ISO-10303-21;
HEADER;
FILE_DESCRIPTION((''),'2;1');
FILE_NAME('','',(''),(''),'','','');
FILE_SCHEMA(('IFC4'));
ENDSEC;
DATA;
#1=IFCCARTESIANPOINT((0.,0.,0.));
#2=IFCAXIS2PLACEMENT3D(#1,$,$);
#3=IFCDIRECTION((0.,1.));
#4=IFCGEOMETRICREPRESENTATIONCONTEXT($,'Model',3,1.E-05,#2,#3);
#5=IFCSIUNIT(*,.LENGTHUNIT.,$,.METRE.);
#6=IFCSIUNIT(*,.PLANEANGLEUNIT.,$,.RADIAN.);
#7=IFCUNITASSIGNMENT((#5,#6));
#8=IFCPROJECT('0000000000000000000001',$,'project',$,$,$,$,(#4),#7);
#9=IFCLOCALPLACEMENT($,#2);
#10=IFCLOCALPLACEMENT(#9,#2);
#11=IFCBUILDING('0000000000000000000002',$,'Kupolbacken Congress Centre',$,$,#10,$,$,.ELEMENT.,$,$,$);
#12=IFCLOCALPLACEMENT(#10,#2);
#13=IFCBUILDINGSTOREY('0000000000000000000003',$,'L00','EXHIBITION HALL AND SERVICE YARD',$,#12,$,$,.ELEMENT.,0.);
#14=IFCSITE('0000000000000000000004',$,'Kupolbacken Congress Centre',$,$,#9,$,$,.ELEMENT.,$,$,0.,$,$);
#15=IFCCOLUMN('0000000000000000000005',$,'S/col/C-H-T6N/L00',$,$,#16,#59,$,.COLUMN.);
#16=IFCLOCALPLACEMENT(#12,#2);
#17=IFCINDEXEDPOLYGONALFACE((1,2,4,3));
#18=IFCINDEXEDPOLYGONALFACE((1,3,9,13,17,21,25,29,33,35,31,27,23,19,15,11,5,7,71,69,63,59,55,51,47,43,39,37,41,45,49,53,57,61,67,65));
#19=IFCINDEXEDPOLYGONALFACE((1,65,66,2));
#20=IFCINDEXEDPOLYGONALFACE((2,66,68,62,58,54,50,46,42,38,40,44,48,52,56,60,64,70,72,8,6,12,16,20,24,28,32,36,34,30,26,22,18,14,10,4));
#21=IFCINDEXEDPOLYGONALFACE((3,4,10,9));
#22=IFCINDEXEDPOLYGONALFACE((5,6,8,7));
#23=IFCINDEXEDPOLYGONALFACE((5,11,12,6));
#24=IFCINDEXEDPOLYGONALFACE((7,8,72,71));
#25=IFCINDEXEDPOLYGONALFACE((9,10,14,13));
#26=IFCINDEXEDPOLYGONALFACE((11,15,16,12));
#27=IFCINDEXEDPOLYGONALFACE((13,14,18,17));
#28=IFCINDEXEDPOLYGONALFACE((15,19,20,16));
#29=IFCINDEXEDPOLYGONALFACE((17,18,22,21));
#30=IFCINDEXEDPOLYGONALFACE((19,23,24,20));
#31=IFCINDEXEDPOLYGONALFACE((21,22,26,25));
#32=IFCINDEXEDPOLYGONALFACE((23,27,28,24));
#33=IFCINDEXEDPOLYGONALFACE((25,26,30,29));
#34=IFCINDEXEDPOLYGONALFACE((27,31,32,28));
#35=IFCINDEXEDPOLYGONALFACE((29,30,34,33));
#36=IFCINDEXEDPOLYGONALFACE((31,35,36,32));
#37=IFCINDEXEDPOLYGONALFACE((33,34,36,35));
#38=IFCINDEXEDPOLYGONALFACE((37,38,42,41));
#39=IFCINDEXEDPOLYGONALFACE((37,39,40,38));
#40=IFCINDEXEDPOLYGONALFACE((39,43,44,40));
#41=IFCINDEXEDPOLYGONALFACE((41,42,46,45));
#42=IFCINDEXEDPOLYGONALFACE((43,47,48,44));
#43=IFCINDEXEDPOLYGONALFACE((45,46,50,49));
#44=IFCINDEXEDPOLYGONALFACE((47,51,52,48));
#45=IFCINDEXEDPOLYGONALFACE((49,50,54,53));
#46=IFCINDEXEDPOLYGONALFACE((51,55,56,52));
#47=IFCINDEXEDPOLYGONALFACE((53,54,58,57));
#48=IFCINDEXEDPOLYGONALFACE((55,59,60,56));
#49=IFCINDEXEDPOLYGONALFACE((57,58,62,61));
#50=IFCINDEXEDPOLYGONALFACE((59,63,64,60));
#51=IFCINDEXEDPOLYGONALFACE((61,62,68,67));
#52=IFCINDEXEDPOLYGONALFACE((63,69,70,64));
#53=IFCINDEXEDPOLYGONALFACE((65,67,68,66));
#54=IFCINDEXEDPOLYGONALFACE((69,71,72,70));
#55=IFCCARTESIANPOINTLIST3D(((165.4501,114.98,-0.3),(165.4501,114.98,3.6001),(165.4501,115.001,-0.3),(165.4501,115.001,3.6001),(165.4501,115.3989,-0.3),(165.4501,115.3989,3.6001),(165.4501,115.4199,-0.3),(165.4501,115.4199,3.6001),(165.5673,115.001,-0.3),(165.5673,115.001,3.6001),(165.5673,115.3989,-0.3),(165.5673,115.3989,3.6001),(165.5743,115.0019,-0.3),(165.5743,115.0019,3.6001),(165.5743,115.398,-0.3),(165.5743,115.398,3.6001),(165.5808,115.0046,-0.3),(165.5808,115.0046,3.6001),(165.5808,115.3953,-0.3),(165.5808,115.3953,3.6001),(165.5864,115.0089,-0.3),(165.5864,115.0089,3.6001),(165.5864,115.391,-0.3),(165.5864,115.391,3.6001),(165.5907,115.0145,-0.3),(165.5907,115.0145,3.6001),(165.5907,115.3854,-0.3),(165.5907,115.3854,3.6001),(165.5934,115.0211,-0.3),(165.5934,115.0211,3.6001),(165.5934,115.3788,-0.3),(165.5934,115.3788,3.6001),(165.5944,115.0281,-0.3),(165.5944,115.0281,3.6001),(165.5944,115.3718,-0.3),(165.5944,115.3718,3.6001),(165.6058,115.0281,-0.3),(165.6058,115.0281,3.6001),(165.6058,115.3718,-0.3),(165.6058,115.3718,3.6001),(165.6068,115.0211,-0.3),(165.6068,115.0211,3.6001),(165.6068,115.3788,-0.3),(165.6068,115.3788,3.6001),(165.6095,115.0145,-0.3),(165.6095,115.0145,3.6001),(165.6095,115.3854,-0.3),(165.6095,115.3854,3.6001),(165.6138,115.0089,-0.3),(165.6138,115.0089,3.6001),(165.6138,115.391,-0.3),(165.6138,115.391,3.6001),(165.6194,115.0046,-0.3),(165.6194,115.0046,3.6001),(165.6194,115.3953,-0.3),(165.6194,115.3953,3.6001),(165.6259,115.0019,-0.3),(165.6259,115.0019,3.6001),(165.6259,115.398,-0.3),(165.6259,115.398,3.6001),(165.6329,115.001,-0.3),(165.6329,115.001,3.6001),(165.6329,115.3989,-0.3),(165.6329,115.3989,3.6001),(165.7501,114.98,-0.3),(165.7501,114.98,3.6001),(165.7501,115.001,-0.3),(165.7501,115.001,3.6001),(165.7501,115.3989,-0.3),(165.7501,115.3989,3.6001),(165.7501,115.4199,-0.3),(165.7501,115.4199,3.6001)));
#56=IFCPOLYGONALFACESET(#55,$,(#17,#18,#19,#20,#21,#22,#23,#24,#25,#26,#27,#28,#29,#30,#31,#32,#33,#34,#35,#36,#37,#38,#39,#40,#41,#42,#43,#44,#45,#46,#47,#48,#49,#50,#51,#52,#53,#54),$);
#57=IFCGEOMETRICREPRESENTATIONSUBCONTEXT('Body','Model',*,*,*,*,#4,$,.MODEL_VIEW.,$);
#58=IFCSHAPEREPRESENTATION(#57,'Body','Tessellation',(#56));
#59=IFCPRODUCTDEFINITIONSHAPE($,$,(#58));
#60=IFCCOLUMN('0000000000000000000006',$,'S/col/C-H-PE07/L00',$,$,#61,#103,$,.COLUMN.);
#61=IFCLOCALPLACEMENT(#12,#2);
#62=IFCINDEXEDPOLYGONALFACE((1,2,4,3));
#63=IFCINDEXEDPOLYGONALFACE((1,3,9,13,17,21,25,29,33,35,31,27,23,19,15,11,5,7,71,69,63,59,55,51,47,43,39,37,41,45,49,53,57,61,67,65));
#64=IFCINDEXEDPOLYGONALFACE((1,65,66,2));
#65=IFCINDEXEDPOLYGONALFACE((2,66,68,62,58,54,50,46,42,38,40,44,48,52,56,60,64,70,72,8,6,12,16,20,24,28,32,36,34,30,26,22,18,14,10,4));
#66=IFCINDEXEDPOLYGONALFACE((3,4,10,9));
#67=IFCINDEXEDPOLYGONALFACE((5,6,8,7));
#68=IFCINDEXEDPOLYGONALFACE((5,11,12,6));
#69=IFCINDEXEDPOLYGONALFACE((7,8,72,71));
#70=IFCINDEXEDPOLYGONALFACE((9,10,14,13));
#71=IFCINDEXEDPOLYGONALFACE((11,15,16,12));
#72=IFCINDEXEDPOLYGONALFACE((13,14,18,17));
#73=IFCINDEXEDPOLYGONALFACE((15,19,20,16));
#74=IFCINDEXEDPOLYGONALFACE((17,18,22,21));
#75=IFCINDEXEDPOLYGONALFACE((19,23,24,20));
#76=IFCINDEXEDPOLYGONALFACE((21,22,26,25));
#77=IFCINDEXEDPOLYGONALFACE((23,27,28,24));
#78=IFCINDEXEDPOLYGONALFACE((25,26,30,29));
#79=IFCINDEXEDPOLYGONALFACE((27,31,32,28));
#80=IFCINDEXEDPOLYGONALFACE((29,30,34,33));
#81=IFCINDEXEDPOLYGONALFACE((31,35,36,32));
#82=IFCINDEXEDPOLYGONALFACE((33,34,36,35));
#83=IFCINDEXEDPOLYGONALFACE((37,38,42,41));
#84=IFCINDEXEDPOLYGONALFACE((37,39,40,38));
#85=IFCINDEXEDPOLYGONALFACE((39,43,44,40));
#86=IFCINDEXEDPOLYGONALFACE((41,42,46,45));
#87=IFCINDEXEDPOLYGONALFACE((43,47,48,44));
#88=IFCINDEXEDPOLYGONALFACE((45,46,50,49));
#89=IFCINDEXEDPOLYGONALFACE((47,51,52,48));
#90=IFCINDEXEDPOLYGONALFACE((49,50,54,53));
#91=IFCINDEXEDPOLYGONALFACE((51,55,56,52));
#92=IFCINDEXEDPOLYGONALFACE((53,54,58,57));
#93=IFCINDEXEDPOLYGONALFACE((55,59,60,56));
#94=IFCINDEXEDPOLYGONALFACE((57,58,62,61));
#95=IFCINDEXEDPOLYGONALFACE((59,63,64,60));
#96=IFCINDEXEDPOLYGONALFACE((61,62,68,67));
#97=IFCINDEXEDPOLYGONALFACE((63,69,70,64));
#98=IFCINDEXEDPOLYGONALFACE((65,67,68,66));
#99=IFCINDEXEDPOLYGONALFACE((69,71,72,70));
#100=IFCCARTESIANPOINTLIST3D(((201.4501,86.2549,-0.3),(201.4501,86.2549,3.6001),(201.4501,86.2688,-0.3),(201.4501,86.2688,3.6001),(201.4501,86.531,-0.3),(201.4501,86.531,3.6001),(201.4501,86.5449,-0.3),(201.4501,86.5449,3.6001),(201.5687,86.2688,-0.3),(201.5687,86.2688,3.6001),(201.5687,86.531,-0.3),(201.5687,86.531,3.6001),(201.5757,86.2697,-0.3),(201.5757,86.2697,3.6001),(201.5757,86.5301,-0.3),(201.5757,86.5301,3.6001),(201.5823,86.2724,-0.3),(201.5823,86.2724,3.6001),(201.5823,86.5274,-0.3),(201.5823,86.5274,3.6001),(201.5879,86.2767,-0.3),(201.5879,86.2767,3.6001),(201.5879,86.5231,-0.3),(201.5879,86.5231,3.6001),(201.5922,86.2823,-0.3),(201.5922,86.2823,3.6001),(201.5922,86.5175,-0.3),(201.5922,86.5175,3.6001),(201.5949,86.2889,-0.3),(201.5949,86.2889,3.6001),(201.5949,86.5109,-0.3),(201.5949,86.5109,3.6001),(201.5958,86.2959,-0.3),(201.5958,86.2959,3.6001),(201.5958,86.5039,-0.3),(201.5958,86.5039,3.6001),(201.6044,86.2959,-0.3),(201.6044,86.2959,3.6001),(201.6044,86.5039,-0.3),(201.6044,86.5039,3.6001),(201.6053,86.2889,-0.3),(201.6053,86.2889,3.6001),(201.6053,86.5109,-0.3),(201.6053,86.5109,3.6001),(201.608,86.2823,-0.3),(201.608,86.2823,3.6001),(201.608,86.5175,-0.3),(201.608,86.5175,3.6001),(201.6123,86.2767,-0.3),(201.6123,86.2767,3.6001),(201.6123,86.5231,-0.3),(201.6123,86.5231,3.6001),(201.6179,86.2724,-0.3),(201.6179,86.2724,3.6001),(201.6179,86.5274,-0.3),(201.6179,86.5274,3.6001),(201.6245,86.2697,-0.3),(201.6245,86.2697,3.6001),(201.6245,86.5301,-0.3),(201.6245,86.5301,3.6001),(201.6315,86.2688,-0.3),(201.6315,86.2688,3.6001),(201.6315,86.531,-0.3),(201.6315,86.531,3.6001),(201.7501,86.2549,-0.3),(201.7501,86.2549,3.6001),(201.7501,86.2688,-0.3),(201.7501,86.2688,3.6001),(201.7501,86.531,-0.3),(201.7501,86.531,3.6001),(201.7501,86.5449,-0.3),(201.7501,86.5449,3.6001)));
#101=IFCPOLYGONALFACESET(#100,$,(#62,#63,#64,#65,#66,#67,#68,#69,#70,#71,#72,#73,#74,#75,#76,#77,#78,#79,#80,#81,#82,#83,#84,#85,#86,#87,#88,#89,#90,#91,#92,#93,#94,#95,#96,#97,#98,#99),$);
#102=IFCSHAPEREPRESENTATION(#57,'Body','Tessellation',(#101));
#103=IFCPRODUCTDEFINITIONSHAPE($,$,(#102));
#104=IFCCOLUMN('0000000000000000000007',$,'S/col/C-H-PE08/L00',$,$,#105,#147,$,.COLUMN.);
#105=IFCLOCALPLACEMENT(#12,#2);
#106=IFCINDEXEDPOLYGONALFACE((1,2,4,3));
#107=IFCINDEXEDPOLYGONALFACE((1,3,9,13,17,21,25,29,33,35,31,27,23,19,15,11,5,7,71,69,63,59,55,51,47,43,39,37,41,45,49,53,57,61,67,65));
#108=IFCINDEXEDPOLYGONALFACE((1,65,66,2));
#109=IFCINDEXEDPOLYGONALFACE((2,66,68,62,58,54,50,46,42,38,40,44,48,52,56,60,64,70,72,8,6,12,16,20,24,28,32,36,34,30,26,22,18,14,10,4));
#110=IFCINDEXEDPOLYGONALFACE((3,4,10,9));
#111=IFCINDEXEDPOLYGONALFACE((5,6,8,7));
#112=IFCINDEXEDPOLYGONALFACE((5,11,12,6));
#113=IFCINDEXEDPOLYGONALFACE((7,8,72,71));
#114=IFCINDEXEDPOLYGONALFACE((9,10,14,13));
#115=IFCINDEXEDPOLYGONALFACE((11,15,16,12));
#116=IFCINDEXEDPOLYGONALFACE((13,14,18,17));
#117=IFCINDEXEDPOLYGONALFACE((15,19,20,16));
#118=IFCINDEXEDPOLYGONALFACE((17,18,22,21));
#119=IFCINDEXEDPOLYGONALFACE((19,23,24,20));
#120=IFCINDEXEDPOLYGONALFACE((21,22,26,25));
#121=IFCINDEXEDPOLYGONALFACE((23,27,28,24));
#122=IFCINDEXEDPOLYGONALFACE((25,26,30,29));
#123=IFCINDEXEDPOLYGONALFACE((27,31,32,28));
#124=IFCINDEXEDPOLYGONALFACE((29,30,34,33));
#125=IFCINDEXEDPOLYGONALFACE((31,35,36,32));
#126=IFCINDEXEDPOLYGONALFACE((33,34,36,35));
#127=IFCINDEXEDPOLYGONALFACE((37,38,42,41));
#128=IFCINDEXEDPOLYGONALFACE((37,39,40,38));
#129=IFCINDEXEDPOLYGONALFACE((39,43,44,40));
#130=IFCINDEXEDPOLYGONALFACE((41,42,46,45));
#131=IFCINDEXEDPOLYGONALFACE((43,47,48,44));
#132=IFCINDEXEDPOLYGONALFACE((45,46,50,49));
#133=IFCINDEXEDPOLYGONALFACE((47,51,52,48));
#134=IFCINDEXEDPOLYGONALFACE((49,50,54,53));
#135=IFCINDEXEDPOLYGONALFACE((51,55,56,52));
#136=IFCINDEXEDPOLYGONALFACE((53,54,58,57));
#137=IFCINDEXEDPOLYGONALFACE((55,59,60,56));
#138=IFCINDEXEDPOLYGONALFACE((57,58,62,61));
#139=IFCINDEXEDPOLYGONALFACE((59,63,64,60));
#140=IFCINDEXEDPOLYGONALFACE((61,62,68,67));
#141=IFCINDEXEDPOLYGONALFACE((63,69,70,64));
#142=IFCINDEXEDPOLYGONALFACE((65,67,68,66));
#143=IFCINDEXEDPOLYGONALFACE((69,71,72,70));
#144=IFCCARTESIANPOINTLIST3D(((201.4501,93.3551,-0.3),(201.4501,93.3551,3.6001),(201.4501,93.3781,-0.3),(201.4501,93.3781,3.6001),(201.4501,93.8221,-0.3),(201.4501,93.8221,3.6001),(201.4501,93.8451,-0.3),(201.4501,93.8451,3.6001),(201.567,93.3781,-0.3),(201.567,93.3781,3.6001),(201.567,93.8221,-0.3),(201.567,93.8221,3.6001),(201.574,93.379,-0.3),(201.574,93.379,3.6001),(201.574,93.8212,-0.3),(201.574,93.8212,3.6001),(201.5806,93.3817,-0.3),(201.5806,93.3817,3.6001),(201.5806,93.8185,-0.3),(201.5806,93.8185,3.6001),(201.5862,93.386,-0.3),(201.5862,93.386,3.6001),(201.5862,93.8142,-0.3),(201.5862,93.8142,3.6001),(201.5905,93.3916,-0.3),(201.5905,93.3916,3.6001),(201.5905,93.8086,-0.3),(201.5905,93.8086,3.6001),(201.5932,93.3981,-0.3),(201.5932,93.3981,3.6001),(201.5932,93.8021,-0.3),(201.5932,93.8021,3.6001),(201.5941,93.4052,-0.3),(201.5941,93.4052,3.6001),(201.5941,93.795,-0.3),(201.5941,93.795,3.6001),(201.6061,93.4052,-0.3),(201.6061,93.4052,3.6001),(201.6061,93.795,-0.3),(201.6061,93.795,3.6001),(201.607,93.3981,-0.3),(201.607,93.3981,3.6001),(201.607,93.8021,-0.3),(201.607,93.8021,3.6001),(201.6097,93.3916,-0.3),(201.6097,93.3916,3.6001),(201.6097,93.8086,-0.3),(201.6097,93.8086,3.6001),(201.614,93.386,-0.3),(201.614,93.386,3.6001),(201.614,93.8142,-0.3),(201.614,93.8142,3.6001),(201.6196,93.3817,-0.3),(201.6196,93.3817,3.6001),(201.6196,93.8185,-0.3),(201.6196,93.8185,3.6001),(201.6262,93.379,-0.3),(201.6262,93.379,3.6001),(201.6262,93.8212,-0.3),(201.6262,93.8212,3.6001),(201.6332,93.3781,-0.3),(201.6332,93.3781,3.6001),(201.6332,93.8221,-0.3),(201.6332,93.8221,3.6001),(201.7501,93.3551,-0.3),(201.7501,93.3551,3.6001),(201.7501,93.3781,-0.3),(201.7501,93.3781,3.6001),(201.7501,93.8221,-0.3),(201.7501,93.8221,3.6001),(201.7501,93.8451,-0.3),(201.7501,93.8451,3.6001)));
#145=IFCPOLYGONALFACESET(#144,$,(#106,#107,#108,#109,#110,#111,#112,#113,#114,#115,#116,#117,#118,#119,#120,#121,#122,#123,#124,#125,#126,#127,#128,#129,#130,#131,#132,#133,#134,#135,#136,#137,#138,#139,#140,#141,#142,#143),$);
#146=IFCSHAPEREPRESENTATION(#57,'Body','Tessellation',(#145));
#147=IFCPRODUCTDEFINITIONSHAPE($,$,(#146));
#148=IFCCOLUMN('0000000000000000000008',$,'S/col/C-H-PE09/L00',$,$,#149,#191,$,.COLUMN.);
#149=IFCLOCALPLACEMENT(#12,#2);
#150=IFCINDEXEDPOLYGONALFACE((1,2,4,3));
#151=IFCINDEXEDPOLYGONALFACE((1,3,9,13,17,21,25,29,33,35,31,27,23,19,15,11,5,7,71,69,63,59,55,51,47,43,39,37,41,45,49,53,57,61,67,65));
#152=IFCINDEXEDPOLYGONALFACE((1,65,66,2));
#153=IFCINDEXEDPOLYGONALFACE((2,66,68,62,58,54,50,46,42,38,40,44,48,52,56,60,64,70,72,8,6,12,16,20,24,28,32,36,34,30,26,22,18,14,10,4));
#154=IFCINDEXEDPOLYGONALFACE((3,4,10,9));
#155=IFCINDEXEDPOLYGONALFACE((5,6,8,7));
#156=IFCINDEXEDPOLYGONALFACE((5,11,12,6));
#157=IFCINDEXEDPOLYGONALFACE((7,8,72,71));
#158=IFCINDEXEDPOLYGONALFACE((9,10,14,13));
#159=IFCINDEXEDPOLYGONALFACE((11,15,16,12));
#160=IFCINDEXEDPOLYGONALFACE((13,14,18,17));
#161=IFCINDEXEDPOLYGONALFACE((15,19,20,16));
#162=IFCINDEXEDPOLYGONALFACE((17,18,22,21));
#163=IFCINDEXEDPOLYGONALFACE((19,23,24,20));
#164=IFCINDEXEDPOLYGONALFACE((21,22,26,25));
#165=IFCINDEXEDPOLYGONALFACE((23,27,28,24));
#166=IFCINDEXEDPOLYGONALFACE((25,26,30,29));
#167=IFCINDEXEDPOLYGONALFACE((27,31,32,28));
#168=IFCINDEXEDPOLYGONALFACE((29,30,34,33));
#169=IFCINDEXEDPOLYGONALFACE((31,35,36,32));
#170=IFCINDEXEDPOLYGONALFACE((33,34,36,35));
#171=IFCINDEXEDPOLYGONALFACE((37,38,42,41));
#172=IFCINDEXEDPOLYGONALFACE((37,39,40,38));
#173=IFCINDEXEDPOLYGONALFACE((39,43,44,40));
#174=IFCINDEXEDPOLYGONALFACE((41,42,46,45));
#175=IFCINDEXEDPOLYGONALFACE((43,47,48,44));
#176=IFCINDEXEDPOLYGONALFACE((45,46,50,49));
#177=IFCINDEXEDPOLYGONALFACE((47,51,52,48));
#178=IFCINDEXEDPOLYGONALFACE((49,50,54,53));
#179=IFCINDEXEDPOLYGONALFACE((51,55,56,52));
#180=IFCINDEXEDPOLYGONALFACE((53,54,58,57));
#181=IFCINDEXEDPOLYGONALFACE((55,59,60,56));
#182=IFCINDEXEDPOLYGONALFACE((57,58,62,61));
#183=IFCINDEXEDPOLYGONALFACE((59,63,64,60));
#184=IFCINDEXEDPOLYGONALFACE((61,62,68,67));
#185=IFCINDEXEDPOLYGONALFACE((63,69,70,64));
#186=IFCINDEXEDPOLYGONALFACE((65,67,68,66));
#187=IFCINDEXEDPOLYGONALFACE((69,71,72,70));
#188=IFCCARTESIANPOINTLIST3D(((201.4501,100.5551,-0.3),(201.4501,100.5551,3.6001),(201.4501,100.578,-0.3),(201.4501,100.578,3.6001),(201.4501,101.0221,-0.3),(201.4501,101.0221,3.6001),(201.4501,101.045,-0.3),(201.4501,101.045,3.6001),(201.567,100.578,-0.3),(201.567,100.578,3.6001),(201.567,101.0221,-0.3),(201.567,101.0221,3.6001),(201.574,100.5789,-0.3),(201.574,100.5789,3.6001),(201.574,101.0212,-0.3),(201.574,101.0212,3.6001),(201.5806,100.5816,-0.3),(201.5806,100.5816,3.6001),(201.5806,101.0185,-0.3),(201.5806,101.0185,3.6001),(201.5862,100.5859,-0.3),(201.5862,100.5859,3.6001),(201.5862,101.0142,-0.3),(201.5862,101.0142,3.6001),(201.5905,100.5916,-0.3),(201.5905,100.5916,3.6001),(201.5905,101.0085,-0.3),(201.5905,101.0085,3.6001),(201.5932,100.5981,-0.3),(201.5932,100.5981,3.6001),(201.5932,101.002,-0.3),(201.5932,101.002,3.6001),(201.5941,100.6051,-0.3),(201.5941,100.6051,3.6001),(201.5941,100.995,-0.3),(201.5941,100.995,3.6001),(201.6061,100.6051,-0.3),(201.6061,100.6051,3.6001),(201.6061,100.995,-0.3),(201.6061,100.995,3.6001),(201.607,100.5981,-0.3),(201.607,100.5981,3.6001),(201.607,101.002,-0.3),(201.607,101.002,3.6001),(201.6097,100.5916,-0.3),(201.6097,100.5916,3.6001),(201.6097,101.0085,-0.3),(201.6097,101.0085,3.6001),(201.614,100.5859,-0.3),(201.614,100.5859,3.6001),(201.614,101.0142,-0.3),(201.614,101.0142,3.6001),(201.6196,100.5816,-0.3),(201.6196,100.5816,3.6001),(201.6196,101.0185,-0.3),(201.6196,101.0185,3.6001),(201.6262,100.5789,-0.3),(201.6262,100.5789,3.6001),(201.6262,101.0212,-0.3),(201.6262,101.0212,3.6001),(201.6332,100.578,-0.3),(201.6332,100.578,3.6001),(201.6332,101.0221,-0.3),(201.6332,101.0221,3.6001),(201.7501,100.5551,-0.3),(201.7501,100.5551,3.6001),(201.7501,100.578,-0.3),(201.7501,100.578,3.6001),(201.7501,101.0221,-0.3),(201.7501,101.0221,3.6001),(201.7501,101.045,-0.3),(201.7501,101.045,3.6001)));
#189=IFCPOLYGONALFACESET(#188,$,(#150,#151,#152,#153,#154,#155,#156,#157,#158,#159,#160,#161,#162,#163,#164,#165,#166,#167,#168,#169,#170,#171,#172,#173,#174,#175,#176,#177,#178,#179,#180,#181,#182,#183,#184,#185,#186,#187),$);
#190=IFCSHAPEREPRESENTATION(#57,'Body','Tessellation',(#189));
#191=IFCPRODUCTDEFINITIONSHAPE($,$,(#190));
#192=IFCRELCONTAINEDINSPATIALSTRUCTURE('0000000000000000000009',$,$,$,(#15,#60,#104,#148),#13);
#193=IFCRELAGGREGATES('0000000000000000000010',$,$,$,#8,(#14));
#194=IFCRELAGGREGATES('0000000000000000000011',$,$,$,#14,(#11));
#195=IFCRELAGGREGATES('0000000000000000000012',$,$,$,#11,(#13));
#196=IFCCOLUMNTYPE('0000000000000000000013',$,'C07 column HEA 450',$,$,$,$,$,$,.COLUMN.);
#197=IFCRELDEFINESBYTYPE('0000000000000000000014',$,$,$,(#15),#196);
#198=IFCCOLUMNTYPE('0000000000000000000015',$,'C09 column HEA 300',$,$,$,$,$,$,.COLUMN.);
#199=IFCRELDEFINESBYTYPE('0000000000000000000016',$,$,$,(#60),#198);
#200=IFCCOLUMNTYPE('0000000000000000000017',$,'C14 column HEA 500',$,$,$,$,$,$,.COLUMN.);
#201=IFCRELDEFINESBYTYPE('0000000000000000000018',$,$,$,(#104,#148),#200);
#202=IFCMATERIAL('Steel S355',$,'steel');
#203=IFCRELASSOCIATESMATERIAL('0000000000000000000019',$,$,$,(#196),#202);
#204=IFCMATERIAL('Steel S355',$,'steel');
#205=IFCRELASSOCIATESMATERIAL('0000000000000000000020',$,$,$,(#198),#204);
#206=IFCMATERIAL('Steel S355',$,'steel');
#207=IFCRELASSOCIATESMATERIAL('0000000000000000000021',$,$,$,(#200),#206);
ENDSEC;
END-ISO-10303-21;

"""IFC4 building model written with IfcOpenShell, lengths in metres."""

from ifc_helpers import new_model, si_unit, direction, frame, origin, origin_2d, place, context, subcontext, project, spatial, i_section, extrude, material, material_profile, profile_set, type_object, element, save


model = new_model("IFC4")

# Units and contexts
model_context = context("Model", 3, precision=1e-05, world=origin(), true_north=direction((0.0, 1.0)))
body_context = subcontext(model_context, "Body", "Model", "MODEL_VIEW")
ifc_project = project(units=[si_unit("LENGTHUNIT", "METRE"), si_unit("PLANEANGLEUNIT", "RADIAN")], contexts=[model_context])

# Site, building, storey
site_placement = place(None, origin())
site = spatial("IfcSite", under=ifc_project, at=site_placement, Name="Kupolbacken Congress Centre", CompositionType="ELEMENT", RefElevation=0.0)
building_placement = place(site_placement, origin())
building = spatial("IfcBuilding", under=site, at=building_placement, Name="Kupolbacken Congress Centre", CompositionType="ELEMENT")
storey_placement = place(building_placement, origin())
storey = spatial("IfcBuildingStorey", under=building, at=storey_placement, Name="L00", Description="EXHIBITION HALL AND SERVICE YARD", CompositionType="ELEMENT", Elevation=0.0)

# Columns
ifc_material_1 = material(Name="Steel S355", Category="steel")
ifc_material_profile_1 = material_profile(ifc_material_1, i_section(OverallWidth=0.3, OverallDepth=0.4399, WebThickness=0.0115, FlangeThickness=0.021, FilletRadius=0.0271, at=origin_2d()), Name="HEA 450")
ifc_profile_set_1 = profile_set([ifc_material_profile_1], Name="Steel S355")
column_type_1 = type_object("IfcColumnType", Name="C07 column HEA 450", PredefinedType="COLUMN", material=ifc_profile_set_1)
column_1_placement = place(storey_placement, frame((165.6001, 115.2, -0.3), z_axis=(0.0, 0.0, 1.0), x_axis=(1.0, 0.0, 0.0)))
element("IfcColumn", 1, at=column_1_placement, inside=storey, type_object=column_type_1, Name="S/col/C-H-T6N/L00", PredefinedType="COLUMN", context=body_context, shape_type="SweptSolid", body=[
    extrude(i_section(OverallWidth=0.3, OverallDepth=0.4399, WebThickness=0.0115, FlangeThickness=0.021, FilletRadius=0.0271, at=origin_2d()), origin(), (0.0, 0.0, 1.0), 3.9001),
])
ifc_material_2 = material(Name="Steel S355", Category="steel")
ifc_material_profile_2 = material_profile(ifc_material_2, i_section(OverallWidth=0.3, OverallDepth=0.29, WebThickness=0.0085, FlangeThickness=0.0139, FilletRadius=0.0271, at=origin_2d()), Name="HEA 300")
ifc_profile_set_2 = profile_set([ifc_material_profile_2], Name="Steel S355")
column_type_2 = type_object("IfcColumnType", Name="C09 column HEA 300", PredefinedType="COLUMN", material=ifc_profile_set_2)
column_2_placement = place(storey_placement, frame((201.6001, 86.3999, -0.3), z_axis=(0.0, 0.0, 1.0), x_axis=(1.0, 0.0, 0.0)))
element("IfcColumn", 2, at=column_2_placement, inside=storey, type_object=column_type_2, Name="S/col/C-H-PE07/L00", PredefinedType="COLUMN", context=body_context, shape_type="SweptSolid", body=[
    extrude(i_section(OverallWidth=0.3, OverallDepth=0.29, WebThickness=0.0085, FlangeThickness=0.0139, FilletRadius=0.0271, at=origin_2d()), origin(), (0.0, 0.0, 1.0), 3.9001),
])
ifc_material_3 = material(Name="Steel S355", Category="steel")
ifc_material_profile_3 = material_profile(ifc_material_3, i_section(OverallWidth=0.3, OverallDepth=0.49, WebThickness=0.012, FlangeThickness=0.0229, FilletRadius=0.0271, at=origin_2d()), Name="HEA 500")
ifc_profile_set_3 = profile_set([ifc_material_profile_3], Name="Steel S355")
column_type_3 = type_object("IfcColumnType", Name="C14 column HEA 500", PredefinedType="COLUMN", material=ifc_profile_set_3)
for number, where, z_axis, x_axis, name in (
    (3, (201.6001, 93.6001, -0.3), (0.0, 0.0, 1.0), (1.0, 0.0, 0.0), "S/col/C-H-PE08/L00"),
    (4, (201.6001, 100.8, -0.3), (0.0, 0.0, 1.0), (1.0, 0.0, 0.0), "S/col/C-H-PE09/L00"),
):
    element("IfcColumn", number, at=place(storey_placement, frame(where, z_axis=z_axis, x_axis=x_axis)), inside=storey, type_object=column_type_3, Name=name, PredefinedType="COLUMN", context=body_context, shape_type="SweptSolid", body=[
        extrude(i_section(OverallWidth=0.3, OverallDepth=0.49, WebThickness=0.012, FlangeThickness=0.0229, FilletRadius=0.0271, at=origin_2d()), origin(), (0.0, 0.0, 1.0), 3.9001),
    ])

save(model, "model.ifc")
